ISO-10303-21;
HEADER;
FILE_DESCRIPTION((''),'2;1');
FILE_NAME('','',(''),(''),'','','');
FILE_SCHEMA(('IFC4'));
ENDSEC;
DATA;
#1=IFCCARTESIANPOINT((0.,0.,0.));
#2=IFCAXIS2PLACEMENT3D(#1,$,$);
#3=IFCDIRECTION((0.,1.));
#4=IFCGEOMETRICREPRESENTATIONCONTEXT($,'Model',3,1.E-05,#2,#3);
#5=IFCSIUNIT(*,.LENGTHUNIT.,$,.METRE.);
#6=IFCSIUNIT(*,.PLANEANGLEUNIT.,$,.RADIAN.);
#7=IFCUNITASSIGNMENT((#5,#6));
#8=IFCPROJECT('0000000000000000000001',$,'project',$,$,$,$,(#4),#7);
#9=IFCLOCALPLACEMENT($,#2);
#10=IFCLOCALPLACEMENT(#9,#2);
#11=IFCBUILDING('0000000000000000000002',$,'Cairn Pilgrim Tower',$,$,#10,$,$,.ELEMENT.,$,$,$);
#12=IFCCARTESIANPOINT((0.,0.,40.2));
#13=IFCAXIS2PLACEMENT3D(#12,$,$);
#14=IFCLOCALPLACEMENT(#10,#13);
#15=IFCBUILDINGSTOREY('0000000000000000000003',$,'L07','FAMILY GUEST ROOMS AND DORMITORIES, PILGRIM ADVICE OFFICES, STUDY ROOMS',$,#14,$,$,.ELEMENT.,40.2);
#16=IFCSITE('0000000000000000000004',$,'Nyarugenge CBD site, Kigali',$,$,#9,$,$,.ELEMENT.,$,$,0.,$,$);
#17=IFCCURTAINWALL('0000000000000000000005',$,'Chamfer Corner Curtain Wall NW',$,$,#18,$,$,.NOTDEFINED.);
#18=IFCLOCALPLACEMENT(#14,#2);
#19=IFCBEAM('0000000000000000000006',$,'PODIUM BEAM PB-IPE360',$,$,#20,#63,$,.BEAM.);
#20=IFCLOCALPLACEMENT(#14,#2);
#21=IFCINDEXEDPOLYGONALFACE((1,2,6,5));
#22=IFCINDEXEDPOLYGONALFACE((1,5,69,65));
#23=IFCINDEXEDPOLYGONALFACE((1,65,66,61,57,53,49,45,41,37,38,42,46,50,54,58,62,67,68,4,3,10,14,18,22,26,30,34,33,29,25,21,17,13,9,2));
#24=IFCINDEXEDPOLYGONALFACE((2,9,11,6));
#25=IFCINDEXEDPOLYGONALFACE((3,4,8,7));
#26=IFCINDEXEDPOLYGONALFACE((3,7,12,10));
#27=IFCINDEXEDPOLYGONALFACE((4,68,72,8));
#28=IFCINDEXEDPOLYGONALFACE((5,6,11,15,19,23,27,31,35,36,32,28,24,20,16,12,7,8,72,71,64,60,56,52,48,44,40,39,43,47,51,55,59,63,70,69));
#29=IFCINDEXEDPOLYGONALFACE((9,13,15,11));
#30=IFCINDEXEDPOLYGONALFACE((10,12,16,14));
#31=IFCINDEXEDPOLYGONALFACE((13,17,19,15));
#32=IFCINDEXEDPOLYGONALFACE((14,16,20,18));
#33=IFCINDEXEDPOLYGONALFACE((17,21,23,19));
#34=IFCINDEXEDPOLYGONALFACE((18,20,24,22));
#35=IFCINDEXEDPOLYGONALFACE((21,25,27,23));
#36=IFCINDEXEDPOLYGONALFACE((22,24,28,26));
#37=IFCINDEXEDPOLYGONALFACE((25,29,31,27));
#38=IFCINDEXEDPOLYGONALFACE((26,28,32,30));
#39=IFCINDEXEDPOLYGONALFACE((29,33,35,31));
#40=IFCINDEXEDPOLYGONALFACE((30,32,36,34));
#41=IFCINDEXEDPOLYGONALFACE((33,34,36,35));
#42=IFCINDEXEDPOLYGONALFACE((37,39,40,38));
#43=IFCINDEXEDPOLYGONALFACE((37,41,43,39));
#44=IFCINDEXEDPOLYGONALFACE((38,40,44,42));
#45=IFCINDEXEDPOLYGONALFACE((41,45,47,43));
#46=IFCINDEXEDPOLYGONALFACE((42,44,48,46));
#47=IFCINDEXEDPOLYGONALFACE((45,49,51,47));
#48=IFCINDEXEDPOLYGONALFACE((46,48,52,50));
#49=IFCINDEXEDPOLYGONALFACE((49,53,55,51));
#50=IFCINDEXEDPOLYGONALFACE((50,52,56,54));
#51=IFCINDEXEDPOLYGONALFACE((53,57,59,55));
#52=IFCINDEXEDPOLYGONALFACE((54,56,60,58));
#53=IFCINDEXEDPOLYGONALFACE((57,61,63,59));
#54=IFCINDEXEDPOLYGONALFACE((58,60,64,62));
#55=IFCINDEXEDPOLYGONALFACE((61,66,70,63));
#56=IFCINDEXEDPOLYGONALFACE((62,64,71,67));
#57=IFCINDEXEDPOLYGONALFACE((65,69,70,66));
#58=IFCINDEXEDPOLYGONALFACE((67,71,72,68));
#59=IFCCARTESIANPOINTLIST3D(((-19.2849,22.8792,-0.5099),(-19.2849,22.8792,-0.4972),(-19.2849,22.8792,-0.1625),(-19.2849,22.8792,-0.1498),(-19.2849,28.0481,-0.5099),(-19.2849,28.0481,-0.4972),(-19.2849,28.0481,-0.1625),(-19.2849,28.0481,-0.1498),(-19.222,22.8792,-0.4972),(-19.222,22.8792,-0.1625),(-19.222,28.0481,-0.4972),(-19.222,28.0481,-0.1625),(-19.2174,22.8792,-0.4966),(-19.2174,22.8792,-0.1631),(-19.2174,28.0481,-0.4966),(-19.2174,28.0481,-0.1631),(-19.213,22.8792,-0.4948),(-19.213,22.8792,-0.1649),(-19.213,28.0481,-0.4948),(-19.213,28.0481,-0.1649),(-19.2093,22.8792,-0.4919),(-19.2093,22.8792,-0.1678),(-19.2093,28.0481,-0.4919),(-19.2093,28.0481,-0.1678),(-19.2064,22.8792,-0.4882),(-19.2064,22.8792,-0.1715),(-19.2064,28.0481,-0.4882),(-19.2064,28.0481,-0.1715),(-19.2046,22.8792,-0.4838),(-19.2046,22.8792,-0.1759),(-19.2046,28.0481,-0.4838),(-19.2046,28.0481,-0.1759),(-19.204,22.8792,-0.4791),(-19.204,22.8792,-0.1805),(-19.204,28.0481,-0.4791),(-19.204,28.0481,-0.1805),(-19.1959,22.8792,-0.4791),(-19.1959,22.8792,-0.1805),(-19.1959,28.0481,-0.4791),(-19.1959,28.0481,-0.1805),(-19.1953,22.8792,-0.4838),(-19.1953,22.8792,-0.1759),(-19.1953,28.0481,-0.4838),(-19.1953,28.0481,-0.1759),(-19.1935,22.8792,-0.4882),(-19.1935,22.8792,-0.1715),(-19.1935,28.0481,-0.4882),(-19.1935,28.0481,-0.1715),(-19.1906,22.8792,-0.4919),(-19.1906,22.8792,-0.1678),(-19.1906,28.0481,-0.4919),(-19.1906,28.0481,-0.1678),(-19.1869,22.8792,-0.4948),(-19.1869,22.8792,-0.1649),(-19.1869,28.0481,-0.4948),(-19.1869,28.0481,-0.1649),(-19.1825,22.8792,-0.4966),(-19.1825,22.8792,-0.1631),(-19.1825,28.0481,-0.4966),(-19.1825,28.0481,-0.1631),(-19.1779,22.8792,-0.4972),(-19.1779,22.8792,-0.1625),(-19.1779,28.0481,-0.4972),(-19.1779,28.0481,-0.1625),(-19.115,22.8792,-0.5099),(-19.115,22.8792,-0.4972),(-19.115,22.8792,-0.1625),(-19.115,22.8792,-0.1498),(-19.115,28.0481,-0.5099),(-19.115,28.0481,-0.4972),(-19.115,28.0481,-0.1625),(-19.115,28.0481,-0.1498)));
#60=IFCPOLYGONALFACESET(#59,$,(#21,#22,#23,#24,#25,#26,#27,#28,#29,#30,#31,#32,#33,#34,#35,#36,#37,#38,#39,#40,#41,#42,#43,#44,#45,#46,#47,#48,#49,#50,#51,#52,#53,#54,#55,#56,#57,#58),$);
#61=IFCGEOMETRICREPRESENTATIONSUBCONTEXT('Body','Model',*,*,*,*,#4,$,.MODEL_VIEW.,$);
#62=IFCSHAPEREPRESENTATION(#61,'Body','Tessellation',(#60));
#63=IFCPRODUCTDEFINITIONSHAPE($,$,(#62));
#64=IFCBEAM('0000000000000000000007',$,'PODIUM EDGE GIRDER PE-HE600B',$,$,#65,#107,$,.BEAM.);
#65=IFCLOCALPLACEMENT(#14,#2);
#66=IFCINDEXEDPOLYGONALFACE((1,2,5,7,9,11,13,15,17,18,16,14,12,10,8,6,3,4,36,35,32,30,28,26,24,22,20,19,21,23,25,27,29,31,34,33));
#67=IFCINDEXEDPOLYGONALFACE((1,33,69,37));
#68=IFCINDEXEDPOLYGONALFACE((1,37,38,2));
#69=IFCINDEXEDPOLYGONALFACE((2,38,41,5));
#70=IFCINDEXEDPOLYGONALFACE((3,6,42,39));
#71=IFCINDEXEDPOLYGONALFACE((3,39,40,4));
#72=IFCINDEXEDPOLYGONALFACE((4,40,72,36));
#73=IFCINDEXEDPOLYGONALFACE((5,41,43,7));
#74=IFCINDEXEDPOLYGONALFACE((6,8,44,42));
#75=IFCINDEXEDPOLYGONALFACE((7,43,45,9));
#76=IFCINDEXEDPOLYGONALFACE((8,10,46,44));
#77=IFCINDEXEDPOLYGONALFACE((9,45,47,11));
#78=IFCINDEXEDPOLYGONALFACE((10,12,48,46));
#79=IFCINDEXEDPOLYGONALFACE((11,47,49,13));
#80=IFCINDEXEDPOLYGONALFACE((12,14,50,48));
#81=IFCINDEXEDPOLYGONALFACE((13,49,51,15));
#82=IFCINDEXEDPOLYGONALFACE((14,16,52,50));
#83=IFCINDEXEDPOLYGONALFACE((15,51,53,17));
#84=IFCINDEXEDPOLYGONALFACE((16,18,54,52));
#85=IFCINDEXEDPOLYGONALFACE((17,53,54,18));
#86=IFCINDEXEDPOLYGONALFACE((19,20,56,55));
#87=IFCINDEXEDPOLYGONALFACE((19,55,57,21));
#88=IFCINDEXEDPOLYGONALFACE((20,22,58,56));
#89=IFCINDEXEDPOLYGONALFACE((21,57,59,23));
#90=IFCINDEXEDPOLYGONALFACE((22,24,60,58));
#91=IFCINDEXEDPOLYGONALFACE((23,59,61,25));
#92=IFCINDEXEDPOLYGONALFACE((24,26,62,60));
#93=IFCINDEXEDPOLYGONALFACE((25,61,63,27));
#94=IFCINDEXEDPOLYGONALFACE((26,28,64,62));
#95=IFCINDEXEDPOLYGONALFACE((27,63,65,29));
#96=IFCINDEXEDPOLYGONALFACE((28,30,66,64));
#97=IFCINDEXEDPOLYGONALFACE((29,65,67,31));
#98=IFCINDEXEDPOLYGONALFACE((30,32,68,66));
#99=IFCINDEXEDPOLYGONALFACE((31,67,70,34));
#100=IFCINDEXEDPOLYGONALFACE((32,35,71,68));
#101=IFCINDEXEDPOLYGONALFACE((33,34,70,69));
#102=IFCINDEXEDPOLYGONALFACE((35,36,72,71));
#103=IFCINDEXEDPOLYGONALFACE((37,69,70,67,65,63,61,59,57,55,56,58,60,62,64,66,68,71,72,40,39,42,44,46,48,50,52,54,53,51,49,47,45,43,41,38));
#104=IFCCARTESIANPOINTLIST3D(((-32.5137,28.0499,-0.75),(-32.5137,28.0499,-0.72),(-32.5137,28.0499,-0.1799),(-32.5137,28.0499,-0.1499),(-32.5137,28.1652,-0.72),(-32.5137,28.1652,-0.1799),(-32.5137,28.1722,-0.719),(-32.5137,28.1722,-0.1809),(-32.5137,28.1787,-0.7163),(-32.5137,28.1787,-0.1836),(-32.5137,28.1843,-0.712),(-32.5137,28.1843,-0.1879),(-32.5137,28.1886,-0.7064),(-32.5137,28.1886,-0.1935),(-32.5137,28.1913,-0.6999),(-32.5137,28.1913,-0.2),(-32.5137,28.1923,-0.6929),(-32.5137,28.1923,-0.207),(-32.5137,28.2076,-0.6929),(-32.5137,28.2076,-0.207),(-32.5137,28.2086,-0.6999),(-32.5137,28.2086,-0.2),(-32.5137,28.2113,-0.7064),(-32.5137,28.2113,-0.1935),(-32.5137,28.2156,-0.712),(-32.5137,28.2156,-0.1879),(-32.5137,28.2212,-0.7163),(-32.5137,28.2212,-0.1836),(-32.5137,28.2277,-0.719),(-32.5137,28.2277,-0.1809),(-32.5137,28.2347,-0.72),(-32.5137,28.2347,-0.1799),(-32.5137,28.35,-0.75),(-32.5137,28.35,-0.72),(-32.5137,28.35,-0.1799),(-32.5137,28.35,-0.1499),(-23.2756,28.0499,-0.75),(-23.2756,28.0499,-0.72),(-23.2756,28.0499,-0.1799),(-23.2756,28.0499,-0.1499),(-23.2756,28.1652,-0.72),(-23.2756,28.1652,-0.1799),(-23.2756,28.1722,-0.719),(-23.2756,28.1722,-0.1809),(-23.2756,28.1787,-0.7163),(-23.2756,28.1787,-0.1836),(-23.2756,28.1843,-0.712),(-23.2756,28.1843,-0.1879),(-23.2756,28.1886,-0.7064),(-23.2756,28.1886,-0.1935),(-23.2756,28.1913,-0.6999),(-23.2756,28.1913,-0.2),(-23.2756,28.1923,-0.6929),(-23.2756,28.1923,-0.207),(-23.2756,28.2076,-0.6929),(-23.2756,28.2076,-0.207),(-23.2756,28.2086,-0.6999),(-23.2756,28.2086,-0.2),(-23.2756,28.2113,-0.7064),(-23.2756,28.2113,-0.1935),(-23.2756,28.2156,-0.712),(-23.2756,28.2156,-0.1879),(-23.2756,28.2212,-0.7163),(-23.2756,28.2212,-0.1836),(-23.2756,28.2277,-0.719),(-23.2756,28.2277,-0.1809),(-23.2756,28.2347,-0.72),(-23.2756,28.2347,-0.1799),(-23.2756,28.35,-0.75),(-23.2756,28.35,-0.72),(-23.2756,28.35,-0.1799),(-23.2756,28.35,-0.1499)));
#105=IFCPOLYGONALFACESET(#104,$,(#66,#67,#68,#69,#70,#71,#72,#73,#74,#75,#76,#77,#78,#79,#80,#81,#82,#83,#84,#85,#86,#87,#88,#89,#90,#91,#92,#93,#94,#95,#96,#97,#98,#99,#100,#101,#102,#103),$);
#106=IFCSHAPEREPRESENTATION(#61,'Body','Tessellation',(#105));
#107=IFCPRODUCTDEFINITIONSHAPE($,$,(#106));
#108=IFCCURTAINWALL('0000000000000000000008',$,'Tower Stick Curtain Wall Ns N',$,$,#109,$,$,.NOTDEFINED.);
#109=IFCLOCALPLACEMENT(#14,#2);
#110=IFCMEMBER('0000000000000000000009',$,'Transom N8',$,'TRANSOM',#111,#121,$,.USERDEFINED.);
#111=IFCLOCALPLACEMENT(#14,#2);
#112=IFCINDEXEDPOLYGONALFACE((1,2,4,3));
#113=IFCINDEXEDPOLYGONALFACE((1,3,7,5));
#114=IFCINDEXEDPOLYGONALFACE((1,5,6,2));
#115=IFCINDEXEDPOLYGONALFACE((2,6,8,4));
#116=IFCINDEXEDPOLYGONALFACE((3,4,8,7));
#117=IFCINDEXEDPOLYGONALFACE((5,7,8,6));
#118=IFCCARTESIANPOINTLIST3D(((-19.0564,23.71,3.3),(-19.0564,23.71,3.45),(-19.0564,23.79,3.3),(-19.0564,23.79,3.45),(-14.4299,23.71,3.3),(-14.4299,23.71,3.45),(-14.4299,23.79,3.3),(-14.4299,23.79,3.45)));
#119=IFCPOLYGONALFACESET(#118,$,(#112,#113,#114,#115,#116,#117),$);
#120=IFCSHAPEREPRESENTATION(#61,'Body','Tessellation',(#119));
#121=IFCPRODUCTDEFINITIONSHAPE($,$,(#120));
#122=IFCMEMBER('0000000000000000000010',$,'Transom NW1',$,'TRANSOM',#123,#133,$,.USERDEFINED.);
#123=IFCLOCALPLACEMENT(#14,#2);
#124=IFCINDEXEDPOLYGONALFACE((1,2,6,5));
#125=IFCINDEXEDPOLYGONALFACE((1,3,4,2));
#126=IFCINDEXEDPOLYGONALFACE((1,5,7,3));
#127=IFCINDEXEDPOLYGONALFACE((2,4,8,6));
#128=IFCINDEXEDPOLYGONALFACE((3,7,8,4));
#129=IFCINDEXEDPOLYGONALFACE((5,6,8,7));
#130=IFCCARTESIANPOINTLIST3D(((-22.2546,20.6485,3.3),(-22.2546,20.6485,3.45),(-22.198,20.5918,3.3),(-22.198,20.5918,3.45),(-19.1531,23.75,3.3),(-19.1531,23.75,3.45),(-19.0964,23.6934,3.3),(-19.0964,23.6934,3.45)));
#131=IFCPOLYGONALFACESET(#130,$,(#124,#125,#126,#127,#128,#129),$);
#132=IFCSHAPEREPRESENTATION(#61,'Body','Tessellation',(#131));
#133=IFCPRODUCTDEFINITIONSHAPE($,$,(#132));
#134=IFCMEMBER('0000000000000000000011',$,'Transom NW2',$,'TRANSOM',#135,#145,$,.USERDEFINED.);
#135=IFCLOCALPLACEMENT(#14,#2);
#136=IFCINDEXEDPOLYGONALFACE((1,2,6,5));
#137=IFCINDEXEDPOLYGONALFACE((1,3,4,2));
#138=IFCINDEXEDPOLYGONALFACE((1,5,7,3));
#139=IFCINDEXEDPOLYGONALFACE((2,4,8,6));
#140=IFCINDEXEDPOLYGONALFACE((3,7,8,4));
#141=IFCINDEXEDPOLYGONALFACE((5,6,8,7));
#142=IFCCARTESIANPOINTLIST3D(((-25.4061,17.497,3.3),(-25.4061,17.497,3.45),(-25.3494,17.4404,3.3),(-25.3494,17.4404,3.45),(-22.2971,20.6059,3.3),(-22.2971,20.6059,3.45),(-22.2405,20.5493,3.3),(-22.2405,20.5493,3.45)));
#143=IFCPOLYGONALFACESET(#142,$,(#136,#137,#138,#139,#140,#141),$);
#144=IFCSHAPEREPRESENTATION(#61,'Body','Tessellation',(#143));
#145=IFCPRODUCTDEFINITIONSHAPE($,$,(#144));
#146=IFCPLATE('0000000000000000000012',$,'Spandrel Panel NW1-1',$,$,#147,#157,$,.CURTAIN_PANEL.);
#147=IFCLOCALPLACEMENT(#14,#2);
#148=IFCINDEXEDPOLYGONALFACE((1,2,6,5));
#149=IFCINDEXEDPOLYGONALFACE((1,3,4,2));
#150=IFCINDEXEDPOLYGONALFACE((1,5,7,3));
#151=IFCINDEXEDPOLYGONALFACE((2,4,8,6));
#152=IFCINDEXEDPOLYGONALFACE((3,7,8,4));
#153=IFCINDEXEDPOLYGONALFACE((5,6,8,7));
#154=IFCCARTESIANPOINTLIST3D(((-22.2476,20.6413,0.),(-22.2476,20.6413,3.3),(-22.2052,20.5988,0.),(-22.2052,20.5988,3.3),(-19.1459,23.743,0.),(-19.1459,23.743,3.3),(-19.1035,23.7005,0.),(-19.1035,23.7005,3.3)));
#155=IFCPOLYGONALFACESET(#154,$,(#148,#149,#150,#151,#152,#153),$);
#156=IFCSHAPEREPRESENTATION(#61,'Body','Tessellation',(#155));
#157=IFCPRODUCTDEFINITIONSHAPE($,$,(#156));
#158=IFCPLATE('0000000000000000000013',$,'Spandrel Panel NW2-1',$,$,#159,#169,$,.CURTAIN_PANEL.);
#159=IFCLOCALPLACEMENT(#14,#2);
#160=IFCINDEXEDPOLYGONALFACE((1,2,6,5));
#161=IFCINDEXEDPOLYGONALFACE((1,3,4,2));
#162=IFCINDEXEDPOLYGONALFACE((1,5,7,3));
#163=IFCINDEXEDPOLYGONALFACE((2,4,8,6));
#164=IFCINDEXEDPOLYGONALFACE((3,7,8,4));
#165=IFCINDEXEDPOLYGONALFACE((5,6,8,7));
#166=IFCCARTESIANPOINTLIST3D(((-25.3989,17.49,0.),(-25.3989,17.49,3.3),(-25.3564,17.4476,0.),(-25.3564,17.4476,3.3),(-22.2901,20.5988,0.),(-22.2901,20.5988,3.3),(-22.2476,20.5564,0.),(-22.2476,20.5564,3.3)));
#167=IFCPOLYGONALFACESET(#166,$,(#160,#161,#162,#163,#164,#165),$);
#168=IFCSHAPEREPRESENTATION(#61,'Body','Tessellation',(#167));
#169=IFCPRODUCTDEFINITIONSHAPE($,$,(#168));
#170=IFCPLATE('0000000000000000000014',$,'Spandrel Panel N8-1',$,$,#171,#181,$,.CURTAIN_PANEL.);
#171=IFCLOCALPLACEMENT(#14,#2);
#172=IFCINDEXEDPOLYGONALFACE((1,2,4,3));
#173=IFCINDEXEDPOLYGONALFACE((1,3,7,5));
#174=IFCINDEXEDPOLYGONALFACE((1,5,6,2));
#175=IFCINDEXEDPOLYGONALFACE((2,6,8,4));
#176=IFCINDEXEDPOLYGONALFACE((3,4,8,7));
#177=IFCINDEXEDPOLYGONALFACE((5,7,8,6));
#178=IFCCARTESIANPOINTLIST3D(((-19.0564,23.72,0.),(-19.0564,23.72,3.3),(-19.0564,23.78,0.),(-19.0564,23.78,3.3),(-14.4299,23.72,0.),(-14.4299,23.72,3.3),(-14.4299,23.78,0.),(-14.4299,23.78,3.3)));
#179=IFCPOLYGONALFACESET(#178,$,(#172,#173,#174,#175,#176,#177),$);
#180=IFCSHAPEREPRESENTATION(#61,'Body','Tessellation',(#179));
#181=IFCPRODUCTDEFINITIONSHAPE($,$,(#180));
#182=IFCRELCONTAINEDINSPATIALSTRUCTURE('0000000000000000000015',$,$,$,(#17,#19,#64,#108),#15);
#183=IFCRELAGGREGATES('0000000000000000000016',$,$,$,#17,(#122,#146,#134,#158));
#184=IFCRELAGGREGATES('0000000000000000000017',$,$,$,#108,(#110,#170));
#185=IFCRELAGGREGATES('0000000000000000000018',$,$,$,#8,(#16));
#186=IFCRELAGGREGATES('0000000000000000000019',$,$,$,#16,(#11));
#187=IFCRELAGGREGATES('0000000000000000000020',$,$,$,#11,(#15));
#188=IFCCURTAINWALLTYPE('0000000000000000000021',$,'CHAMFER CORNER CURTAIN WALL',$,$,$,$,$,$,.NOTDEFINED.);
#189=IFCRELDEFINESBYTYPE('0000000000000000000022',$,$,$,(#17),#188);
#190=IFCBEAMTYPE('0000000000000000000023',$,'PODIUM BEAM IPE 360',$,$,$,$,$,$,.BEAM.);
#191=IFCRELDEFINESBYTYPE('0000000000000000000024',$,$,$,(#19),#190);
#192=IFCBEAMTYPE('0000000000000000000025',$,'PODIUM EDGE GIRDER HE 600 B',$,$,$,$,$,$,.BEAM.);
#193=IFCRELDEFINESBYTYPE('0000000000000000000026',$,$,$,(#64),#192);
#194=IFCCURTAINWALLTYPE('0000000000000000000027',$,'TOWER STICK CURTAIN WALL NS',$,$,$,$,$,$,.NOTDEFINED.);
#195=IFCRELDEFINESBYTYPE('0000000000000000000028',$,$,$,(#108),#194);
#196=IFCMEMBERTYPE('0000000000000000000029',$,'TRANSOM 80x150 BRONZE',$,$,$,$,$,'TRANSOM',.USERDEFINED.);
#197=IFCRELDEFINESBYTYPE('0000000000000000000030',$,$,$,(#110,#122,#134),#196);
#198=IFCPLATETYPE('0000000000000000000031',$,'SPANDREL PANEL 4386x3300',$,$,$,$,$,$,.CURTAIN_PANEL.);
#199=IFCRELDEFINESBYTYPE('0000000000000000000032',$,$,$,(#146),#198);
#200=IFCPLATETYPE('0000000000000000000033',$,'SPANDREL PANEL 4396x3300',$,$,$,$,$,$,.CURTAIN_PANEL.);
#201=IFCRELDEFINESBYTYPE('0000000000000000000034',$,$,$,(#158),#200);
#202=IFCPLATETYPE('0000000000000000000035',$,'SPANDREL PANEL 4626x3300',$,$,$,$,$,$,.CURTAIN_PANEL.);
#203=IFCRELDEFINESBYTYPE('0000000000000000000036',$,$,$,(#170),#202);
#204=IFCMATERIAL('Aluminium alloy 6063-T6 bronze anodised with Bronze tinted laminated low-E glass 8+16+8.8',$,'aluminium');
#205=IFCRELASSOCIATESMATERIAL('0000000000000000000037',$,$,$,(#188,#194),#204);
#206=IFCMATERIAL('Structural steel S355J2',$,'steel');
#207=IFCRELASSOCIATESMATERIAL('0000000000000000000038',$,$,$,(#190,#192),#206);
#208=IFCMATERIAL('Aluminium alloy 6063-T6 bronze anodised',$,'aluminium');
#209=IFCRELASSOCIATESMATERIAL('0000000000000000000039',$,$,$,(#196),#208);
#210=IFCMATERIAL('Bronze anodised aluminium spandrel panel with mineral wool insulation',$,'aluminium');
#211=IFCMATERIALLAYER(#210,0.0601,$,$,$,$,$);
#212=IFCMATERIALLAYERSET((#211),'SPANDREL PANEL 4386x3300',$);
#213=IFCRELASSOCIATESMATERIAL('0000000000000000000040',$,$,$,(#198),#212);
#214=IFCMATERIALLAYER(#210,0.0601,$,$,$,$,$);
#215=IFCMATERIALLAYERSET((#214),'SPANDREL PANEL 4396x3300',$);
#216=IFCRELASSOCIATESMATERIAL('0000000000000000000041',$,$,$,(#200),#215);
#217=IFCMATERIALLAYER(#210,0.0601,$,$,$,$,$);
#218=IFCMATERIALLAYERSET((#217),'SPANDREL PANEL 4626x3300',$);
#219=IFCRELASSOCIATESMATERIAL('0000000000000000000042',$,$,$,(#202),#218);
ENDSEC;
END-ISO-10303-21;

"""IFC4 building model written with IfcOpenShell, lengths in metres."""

from ifc_helpers import new_model, si_unit, direction, frame, origin, origin_2d, place, context, subcontext, project, spatial, rectangle, i_section, extrude, material, layer, layer_set, material_profile, profile_set, type_object, element, aggregate, save


model = new_model("IFC4")

# Units and contexts
model_context = context("Model", 3, precision=1e-05, world=origin(), true_north=direction((0.0, 1.0)))
body_context = subcontext(model_context, "Body", "Model", "MODEL_VIEW")
ifc_project = project(units=[si_unit("LENGTHUNIT", "METRE"), si_unit("PLANEANGLEUNIT", "RADIAN")], contexts=[model_context])

# Site, building, storey
site_placement = place(None, origin())
site = spatial("IfcSite", under=ifc_project, at=site_placement, Name="Nyarugenge CBD site, Kigali", CompositionType="ELEMENT", RefElevation=0.0)
building_placement = place(site_placement, origin())
building = spatial("IfcBuilding", under=site, at=building_placement, Name="Cairn Pilgrim Tower", CompositionType="ELEMENT")
storey_placement = place(building_placement, frame((0.0, 0.0, 40.2)))
storey = spatial("IfcBuildingStorey", under=building, at=storey_placement, Name="L07", Description="FAMILY GUEST ROOMS AND DORMITORIES, PILGRIM ADVICE OFFICES, STUDY ROOMS", CompositionType="ELEMENT", Elevation=40.2)

# Curtain wall
ifc_material_1 = material(Name="Aluminium alloy 6063-T6 bronze anodised with Bronze tinted laminated low-E glass 8+16+8.8", Category="aluminium")
curtain_wall_type_1 = type_object("IfcCurtainWallType", Name="CHAMFER CORNER CURTAIN WALL", PredefinedType="NOTDEFINED", material=ifc_material_1)
curtain_wall_1_placement = place(storey_placement, origin())
curtain_wall_1 = element("IfcCurtainWall", 1, at=curtain_wall_1_placement, inside=storey, type_object=curtain_wall_type_1, Name="Chamfer Corner Curtain Wall NW", PredefinedType="NOTDEFINED")
ifc_material_2 = material(Name="Aluminium alloy 6063-T6 bronze anodised", Category="aluminium")

# Beams
ifc_material_3 = material(Name="Structural steel S355J2", Category="steel")
ifc_material_profile_1 = material_profile(ifc_material_3, i_section(OverallWidth=0.1699, OverallDepth=0.3601, WebThickness=0.0081, FlangeThickness=0.0127, FilletRadius=0.0181, at=origin_2d()), Name="IPE 360")
ifc_profile_set_1 = profile_set([ifc_material_profile_1], Name="Structural steel S355J2")
beam_type_1 = type_object("IfcBeamType", Name="PODIUM BEAM IPE 360", PredefinedType="BEAM", material=ifc_profile_set_1)
beam_1_placement = place(storey_placement, frame((-19.2, 22.8792, -0.3298), z_axis=(0.0, 1.0, 0.0), x_axis=(-1.0, 0.0, 0.0)))
element("IfcBeam", 2, at=beam_1_placement, inside=storey, type_object=beam_type_1, Name="PODIUM BEAM PB-IPE360", PredefinedType="BEAM", context=body_context, shape_type="SweptSolid", body=[
    extrude(i_section(OverallWidth=0.1699, OverallDepth=0.3601, WebThickness=0.0081, FlangeThickness=0.0127, FilletRadius=0.0181, at=origin_2d()), origin(), (0.0, 0.0, 1.0), 5.1689),
])
ifc_material_profile_2 = material_profile(ifc_material_3, i_section(OverallWidth=0.3, OverallDepth=0.6001, WebThickness=0.0154, FlangeThickness=0.03, FilletRadius=0.0271, at=origin_2d()), Name="HEB 600")
ifc_profile_set_2 = profile_set([ifc_material_profile_2], Name="Structural steel S355J2")
beam_type_2 = type_object("IfcBeamType", Name="PODIUM EDGE GIRDER HE 600 B", PredefinedType="BEAM", material=ifc_profile_set_2)
beam_2_placement = place(storey_placement, frame((-23.2756, 28.2, -0.45), z_axis=(-1.0, 0.0, 0.0), x_axis=(0.0, -1.0, 0.0)))
element("IfcBeam", 3, at=beam_2_placement, inside=storey, type_object=beam_type_2, Name="PODIUM EDGE GIRDER PE-HE600B", PredefinedType="BEAM", context=body_context, shape_type="SweptSolid", body=[
    extrude(i_section(OverallWidth=0.3, OverallDepth=0.6001, WebThickness=0.0154, FlangeThickness=0.03, FilletRadius=0.0271, at=origin_2d()), origin(), (0.0, 0.0, 1.0), 9.238),
])

# Curtain wall, member
curtain_wall_type_2 = type_object("IfcCurtainWallType", Name="TOWER STICK CURTAIN WALL NS", PredefinedType="NOTDEFINED", material=ifc_material_1)
curtain_wall_2_placement = place(storey_placement, origin())
curtain_wall_2 = element("IfcCurtainWall", 4, at=curtain_wall_2_placement, inside=storey, type_object=curtain_wall_type_2, Name="Tower Stick Curtain Wall Ns N", PredefinedType="NOTDEFINED")
ifc_material_profile_3 = material_profile(ifc_material_2, rectangle(XDim=0.0801, YDim=0.1499, at=origin_2d()), Name="TRANSOM 80x150 BRONZE")
ifc_profile_set_3 = profile_set([ifc_material_profile_3], Name="Aluminium alloy 6063-T6 bronze anodised")
member_type_1 = type_object("IfcMemberType", Name="TRANSOM 80x150 BRONZE", ElementType="TRANSOM", PredefinedType="USERDEFINED", material=ifc_profile_set_3)
member_1_placement = place(storey_placement, frame((-14.4299, 23.75, 3.375), z_axis=(-1.0, 0.0, 0.0), x_axis=(0.0, -1.0, 0.0)))
member_1 = element("IfcMember", 5, at=member_1_placement, type_object=member_type_1, Name="Transom N8", ObjectType="TRANSOM", PredefinedType="USERDEFINED", context=body_context, shape_type="SweptSolid", body=[
    extrude(rectangle(XDim=0.0801, YDim=0.1499, at=origin_2d()), origin(), (0.0, 0.0, 1.0), 4.6265),
])

# Members
member_2_placement = place(storey_placement, frame((-19.1248, 23.7217, 3.375), z_axis=(-0.707107, -0.707107, 0.0), x_axis=(0.707107, -0.707107, 0.0)))
member_2 = element("IfcMember", 6, at=member_2_placement, type_object=member_type_1, Name="Transom NW1", ObjectType="TRANSOM", PredefinedType="USERDEFINED", context=body_context, shape_type="SweptSolid", body=[
    extrude(rectangle(XDim=0.0801, YDim=0.1499, at=origin_2d()), origin(), (0.0, 0.0, 1.0), 4.3862),
])
member_3_placement = place(storey_placement, frame((-22.2688, 20.5776, 3.375), z_axis=(-0.707107, -0.707107, 0.0), x_axis=(0.707107, -0.707107, 0.0)))
member_3 = element("IfcMember", 7, at=member_3_placement, type_object=member_type_1, Name="Transom NW2", ObjectType="TRANSOM", PredefinedType="USERDEFINED", context=body_context, shape_type="SweptSolid", body=[
    extrude(rectangle(XDim=0.0801, YDim=0.1499, at=origin_2d()), origin(), (0.0, 0.0, 1.0), 4.3967),
])

# Plates
ifc_material_4 = material(Name="Bronze anodised aluminium spandrel panel with mineral wool insulation", Category="aluminium")
ifc_layer_1 = layer(ifc_material_4, 0.0601)
ifc_layer_set_1 = layer_set([ifc_layer_1], Name="SPANDREL PANEL 4386x3300")
plate_type_1 = type_object("IfcPlateType", Name="SPANDREL PANEL 4386x3300", PredefinedType="CURTAIN_PANEL", material=ifc_layer_set_1)
plate_1_placement = place(storey_placement, frame((-20.6755, 22.1709, 0.0), z_axis=(0.0, 0.0, 1.0), x_axis=(-0.707107, -0.707107, 0.0)))
plate_1 = element("IfcPlate", 8, at=plate_1_placement, type_object=plate_type_1, Name="Spandrel Panel NW1-1", PredefinedType="CURTAIN_PANEL", context=body_context, shape_type="SweptSolid", body=[
    extrude(rectangle(XDim=4.3865, YDim=0.0601, at=origin_2d()), origin(), (0.0, 0.0, 1.0), 3.3),
])
ifc_layer_2 = layer(ifc_material_4, 0.0601)
ifc_layer_set_2 = layer_set([ifc_layer_2], Name="SPANDREL PANEL 4396x3300")
plate_type_2 = type_object("IfcPlateType", Name="SPANDREL PANEL 4396x3300", PredefinedType="CURTAIN_PANEL", material=ifc_layer_set_2)
plate_2_placement = place(storey_placement, frame((-23.8232, 19.0232, 0.0), z_axis=(0.0, 0.0, 1.0), x_axis=(-0.707107, -0.707107, 0.0)))
plate_2 = element("IfcPlate", 9, at=plate_2_placement, type_object=plate_type_2, Name="Spandrel Panel NW2-1", PredefinedType="CURTAIN_PANEL", context=body_context, shape_type="SweptSolid", body=[
    extrude(rectangle(XDim=4.3965, YDim=0.0601, at=origin_2d()), origin(), (0.0, 0.0, 1.0), 3.3),
])
aggregate(curtain_wall_1, [member_2, plate_1, member_3, plate_2])
ifc_layer_3 = layer(ifc_material_4, 0.0601)
ifc_layer_set_3 = layer_set([ifc_layer_3], Name="SPANDREL PANEL 4626x3300")
plate_type_3 = type_object("IfcPlateType", Name="SPANDREL PANEL 4626x3300", PredefinedType="CURTAIN_PANEL", material=ifc_layer_set_3)
plate_3_placement = place(storey_placement, frame((-16.7432, 23.75, 0.0), z_axis=(0.0, 0.0, 1.0), x_axis=(-1.0, 0.0, 0.0)))
plate_3 = element("IfcPlate", 10, at=plate_3_placement, type_object=plate_type_3, Name="Spandrel Panel N8-1", PredefinedType="CURTAIN_PANEL", context=body_context, shape_type="SweptSolid", body=[
    extrude(rectangle(XDim=4.6265, YDim=0.0601, at=origin_2d()), origin(), (0.0, 0.0, 1.0), 3.3),
])
aggregate(curtain_wall_2, [member_1, plate_3])

save(model, "model.ifc")
